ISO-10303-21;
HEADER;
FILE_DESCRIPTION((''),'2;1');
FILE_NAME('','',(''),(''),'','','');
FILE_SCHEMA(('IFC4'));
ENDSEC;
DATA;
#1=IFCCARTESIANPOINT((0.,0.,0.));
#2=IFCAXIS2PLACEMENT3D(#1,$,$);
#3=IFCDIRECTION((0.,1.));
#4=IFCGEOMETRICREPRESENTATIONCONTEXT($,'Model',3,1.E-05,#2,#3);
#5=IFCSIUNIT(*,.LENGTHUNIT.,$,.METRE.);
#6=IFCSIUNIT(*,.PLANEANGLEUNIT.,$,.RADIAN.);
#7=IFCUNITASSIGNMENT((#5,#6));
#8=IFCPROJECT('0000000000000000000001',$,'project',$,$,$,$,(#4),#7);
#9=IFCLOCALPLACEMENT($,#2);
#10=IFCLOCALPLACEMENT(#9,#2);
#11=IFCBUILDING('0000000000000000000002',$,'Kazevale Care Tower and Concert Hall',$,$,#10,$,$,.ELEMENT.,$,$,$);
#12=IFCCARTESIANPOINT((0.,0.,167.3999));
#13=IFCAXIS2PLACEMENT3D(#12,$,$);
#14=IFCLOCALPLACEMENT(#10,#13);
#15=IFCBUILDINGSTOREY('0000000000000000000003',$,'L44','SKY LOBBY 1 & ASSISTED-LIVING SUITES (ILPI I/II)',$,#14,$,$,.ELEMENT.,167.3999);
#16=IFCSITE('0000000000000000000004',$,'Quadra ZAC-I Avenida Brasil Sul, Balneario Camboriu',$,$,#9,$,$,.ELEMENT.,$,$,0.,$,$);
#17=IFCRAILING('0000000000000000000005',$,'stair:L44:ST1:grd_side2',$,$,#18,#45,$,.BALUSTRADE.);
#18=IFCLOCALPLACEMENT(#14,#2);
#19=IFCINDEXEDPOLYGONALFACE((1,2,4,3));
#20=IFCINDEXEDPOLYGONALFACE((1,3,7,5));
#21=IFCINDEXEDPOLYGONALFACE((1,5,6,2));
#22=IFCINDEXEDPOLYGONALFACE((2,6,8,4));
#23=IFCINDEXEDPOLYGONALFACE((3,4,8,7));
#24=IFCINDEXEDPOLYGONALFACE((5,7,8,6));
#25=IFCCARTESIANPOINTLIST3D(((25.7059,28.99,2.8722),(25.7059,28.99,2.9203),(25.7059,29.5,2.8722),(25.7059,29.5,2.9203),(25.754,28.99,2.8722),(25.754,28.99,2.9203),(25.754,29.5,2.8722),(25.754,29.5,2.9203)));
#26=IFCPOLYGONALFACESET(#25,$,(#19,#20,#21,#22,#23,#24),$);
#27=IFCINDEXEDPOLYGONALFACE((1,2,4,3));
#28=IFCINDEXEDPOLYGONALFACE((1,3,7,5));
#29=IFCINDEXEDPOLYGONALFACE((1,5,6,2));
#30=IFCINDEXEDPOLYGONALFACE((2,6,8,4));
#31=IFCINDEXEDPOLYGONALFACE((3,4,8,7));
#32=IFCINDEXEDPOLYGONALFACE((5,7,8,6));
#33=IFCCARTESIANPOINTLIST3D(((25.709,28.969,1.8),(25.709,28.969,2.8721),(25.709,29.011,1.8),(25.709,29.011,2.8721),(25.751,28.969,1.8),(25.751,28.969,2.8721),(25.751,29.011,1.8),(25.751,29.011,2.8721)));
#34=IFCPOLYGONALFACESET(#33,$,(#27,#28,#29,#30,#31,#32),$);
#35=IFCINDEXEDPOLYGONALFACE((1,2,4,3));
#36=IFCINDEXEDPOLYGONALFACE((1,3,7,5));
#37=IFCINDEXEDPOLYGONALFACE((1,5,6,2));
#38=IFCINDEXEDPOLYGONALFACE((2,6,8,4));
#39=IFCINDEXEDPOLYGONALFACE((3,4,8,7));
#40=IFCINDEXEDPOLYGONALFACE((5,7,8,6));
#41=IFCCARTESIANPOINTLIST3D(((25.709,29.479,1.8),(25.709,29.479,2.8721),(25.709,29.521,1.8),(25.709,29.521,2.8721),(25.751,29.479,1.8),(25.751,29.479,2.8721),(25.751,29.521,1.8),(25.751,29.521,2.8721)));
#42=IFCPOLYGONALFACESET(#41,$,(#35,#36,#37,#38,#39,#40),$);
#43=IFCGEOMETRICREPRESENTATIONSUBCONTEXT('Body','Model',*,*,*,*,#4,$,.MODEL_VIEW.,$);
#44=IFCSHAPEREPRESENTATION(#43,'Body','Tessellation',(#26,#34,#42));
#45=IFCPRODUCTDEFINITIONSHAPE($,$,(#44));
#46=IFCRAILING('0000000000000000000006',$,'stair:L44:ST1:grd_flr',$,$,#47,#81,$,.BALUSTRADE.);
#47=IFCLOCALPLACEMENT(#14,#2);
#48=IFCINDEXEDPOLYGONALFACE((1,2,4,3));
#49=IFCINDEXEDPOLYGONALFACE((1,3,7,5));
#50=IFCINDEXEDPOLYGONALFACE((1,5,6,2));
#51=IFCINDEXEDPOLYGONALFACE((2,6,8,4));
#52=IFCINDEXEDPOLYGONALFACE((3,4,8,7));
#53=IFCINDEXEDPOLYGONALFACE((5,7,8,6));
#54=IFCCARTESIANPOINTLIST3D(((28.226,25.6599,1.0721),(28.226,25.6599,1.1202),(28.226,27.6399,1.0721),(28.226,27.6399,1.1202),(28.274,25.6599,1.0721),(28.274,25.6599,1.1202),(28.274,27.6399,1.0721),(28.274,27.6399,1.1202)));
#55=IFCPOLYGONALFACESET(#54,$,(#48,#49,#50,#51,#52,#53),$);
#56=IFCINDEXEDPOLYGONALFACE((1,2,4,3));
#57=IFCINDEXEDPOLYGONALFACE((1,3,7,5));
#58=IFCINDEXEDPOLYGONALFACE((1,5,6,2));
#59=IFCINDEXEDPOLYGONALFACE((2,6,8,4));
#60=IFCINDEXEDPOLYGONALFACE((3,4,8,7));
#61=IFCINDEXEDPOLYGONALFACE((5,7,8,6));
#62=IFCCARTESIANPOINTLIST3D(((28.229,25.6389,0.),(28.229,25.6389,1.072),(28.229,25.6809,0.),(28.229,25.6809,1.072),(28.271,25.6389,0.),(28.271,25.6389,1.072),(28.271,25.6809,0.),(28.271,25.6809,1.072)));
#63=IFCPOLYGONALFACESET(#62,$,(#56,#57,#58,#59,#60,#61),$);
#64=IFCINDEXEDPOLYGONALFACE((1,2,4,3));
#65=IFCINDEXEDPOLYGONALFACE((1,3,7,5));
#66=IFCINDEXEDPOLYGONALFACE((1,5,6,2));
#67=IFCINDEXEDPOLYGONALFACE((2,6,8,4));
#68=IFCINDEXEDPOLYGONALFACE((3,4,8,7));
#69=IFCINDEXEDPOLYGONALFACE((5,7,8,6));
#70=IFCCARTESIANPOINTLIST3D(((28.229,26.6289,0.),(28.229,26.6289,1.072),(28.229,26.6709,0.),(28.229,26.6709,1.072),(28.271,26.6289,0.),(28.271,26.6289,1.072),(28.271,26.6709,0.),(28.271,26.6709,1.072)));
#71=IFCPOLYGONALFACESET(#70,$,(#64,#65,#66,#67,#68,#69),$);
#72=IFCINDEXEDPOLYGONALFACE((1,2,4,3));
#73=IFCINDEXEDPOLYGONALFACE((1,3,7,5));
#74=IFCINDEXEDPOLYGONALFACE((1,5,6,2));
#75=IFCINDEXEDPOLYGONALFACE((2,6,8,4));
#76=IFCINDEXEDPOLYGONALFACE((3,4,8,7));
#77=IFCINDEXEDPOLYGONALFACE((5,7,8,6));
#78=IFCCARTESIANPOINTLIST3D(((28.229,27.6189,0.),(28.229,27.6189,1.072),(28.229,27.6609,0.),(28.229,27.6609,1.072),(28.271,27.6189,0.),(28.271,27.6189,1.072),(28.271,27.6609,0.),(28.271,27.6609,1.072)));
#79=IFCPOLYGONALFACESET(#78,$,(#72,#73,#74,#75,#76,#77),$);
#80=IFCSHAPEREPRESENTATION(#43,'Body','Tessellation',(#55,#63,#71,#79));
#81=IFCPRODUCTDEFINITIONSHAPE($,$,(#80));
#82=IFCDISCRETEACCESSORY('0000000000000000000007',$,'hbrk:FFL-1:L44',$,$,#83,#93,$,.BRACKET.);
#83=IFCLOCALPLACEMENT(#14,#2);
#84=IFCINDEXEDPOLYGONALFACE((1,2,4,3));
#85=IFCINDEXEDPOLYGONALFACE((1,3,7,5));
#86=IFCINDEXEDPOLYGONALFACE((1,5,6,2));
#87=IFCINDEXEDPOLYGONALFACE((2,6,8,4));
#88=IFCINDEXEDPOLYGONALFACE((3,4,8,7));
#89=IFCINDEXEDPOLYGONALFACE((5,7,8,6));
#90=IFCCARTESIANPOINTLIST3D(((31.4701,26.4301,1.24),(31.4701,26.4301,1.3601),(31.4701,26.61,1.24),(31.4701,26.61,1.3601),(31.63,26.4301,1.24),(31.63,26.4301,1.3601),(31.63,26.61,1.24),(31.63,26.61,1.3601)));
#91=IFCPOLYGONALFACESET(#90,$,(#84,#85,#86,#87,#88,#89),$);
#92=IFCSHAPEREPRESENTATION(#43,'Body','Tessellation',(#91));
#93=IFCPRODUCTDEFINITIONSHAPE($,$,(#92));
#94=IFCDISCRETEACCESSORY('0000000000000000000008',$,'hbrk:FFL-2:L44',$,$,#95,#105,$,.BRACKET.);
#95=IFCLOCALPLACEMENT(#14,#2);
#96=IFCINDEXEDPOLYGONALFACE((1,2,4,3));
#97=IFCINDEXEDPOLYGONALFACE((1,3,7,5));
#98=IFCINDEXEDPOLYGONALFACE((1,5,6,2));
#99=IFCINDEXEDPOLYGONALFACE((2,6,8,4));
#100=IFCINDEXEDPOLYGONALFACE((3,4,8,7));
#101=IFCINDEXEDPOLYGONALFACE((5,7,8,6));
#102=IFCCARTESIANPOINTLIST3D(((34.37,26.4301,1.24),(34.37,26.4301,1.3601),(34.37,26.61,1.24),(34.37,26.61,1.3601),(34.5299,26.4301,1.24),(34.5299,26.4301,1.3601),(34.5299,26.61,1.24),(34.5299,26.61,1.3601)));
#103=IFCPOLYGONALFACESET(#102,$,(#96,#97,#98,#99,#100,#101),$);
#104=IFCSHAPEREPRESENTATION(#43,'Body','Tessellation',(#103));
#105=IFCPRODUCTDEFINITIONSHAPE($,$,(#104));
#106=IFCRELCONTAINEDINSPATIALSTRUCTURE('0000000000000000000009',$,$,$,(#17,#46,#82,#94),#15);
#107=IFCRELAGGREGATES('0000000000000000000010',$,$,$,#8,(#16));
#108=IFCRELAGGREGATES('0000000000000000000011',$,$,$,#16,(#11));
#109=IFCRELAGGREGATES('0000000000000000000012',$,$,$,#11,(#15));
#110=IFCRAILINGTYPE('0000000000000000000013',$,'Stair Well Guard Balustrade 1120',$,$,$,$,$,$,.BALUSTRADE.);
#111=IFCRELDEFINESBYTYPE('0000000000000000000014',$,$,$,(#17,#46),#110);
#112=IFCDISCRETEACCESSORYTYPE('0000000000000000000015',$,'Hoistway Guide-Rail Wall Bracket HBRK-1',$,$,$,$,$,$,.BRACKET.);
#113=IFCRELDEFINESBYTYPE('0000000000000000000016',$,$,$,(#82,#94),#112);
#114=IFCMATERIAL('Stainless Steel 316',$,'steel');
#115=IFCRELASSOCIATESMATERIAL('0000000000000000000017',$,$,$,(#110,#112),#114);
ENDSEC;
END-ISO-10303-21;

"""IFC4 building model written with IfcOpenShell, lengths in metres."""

from ifc_helpers import new_model, si_unit, direction, frame, origin, origin_2d, place, context, subcontext, project, spatial, rectangle, extrude, material, type_object, element, save


model = new_model("IFC4")

# Units and contexts
model_context = context("Model", 3, precision=1e-05, world=origin(), true_north=direction((0.0, 1.0)))
body_context = subcontext(model_context, "Body", "Model", "MODEL_VIEW")
ifc_project = project(units=[si_unit("LENGTHUNIT", "METRE"), si_unit("PLANEANGLEUNIT", "RADIAN")], contexts=[model_context])

# Site, building, storey
site_placement = place(None, origin())
site = spatial("IfcSite", under=ifc_project, at=site_placement, Name="Quadra ZAC-I Avenida Brasil Sul, Balneario Camboriu", CompositionType="ELEMENT", RefElevation=0.0)
building_placement = place(site_placement, origin())
building = spatial("IfcBuilding", under=site, at=building_placement, Name="Kazevale Care Tower and Concert Hall", CompositionType="ELEMENT")
storey_placement = place(building_placement, frame((0.0, 0.0, 167.3999)))
storey = spatial("IfcBuildingStorey", under=building, at=storey_placement, Name="L44", Description="SKY LOBBY 1 & ASSISTED-LIVING SUITES (ILPI I/II)", CompositionType="ELEMENT", Elevation=167.3999)

# Shared definitions
ifc_material_1 = material(Name="Stainless Steel 316", Category="steel")

# Railings
railing_type_1 = type_object("IfcRailingType", Name="Stair Well Guard Balustrade 1120", PredefinedType="BALUSTRADE", material=ifc_material_1)
railing_1_placement = place(storey_placement, frame((25.73, 28.99, 1.8)))
element("IfcRailing", 1, at=railing_1_placement, inside=storey, type_object=railing_type_1, Name="stair:L44:ST1:grd_side2", PredefinedType="BALUSTRADE", context=body_context, shape_type="SweptSolid", body=[
    extrude(rectangle(XDim=0.0481, YDim=0.0481, at=origin_2d()), frame((0.0, 0.0, 1.0962), z_axis=(0.0, 1.0, 0.0), x_axis=(-1.0, 0.0, 0.0)), (0.0, 0.0, 1.0), 0.51),
    extrude(rectangle(XDim=0.042, YDim=0.042, at=origin_2d()), origin(), (0.0, 0.0, 1.0), 1.072),
    extrude(rectangle(XDim=0.042, YDim=0.042, at=origin_2d()), frame((0.0, 0.51, 0.0)), (0.0, 0.0, 1.0), 1.072),
])
railing_2_placement = place(storey_placement, frame((28.25, 25.6599, 0.0)))
element("IfcRailing", 2, at=railing_2_placement, inside=storey, type_object=railing_type_1, Name="stair:L44:ST1:grd_flr", PredefinedType="BALUSTRADE", context=body_context, shape_type="SweptSolid", body=[
    extrude(rectangle(XDim=0.0481, YDim=0.0481, at=origin_2d()), frame((0.0, 0.0, 1.0962), z_axis=(0.0, 1.0, 0.0), x_axis=(-1.0, 0.0, 0.0)), (0.0, 0.0, 1.0), 1.98),
    extrude(rectangle(XDim=0.042, YDim=0.042, at=origin_2d()), origin(), (0.0, 0.0, 1.0), 1.072),
    extrude(rectangle(XDim=0.042, YDim=0.042, at=origin_2d()), frame((0.0, 0.99, 0.0)), (0.0, 0.0, 1.0), 1.072),
    extrude(rectangle(XDim=0.042, YDim=0.042, at=origin_2d()), frame((0.0, 1.98, 0.0)), (0.0, 0.0, 1.0), 1.072),
])

# Discrete accessories
discrete_accessory_type = type_object("IfcDiscreteAccessoryType", Name="Hoistway Guide-Rail Wall Bracket HBRK-1", PredefinedType="BRACKET", material=ifc_material_1)
for number, where, z_axis, x_axis, name in (
    (3, (31.55, 26.52, 1.24), (0.0, 0.0, 1.0), (1.0, 0.0, 0.0), "hbrk:FFL-1:L44"),
    (4, (34.45, 26.52, 1.24), (0.0, 0.0, 1.0), (1.0, 0.0, 0.0), "hbrk:FFL-2:L44"),
):
    element("IfcDiscreteAccessory", number, at=place(storey_placement, frame(where, z_axis=z_axis, x_axis=x_axis)), inside=storey, type_object=discrete_accessory_type, Name=name, PredefinedType="BRACKET", context=body_context, shape_type="SweptSolid", body=[
        extrude(rectangle(XDim=0.1599, YDim=0.1799, at=origin_2d()), origin(), (0.0, 0.0, 1.0), 0.1201),
    ])

save(model, "model.ifc")
